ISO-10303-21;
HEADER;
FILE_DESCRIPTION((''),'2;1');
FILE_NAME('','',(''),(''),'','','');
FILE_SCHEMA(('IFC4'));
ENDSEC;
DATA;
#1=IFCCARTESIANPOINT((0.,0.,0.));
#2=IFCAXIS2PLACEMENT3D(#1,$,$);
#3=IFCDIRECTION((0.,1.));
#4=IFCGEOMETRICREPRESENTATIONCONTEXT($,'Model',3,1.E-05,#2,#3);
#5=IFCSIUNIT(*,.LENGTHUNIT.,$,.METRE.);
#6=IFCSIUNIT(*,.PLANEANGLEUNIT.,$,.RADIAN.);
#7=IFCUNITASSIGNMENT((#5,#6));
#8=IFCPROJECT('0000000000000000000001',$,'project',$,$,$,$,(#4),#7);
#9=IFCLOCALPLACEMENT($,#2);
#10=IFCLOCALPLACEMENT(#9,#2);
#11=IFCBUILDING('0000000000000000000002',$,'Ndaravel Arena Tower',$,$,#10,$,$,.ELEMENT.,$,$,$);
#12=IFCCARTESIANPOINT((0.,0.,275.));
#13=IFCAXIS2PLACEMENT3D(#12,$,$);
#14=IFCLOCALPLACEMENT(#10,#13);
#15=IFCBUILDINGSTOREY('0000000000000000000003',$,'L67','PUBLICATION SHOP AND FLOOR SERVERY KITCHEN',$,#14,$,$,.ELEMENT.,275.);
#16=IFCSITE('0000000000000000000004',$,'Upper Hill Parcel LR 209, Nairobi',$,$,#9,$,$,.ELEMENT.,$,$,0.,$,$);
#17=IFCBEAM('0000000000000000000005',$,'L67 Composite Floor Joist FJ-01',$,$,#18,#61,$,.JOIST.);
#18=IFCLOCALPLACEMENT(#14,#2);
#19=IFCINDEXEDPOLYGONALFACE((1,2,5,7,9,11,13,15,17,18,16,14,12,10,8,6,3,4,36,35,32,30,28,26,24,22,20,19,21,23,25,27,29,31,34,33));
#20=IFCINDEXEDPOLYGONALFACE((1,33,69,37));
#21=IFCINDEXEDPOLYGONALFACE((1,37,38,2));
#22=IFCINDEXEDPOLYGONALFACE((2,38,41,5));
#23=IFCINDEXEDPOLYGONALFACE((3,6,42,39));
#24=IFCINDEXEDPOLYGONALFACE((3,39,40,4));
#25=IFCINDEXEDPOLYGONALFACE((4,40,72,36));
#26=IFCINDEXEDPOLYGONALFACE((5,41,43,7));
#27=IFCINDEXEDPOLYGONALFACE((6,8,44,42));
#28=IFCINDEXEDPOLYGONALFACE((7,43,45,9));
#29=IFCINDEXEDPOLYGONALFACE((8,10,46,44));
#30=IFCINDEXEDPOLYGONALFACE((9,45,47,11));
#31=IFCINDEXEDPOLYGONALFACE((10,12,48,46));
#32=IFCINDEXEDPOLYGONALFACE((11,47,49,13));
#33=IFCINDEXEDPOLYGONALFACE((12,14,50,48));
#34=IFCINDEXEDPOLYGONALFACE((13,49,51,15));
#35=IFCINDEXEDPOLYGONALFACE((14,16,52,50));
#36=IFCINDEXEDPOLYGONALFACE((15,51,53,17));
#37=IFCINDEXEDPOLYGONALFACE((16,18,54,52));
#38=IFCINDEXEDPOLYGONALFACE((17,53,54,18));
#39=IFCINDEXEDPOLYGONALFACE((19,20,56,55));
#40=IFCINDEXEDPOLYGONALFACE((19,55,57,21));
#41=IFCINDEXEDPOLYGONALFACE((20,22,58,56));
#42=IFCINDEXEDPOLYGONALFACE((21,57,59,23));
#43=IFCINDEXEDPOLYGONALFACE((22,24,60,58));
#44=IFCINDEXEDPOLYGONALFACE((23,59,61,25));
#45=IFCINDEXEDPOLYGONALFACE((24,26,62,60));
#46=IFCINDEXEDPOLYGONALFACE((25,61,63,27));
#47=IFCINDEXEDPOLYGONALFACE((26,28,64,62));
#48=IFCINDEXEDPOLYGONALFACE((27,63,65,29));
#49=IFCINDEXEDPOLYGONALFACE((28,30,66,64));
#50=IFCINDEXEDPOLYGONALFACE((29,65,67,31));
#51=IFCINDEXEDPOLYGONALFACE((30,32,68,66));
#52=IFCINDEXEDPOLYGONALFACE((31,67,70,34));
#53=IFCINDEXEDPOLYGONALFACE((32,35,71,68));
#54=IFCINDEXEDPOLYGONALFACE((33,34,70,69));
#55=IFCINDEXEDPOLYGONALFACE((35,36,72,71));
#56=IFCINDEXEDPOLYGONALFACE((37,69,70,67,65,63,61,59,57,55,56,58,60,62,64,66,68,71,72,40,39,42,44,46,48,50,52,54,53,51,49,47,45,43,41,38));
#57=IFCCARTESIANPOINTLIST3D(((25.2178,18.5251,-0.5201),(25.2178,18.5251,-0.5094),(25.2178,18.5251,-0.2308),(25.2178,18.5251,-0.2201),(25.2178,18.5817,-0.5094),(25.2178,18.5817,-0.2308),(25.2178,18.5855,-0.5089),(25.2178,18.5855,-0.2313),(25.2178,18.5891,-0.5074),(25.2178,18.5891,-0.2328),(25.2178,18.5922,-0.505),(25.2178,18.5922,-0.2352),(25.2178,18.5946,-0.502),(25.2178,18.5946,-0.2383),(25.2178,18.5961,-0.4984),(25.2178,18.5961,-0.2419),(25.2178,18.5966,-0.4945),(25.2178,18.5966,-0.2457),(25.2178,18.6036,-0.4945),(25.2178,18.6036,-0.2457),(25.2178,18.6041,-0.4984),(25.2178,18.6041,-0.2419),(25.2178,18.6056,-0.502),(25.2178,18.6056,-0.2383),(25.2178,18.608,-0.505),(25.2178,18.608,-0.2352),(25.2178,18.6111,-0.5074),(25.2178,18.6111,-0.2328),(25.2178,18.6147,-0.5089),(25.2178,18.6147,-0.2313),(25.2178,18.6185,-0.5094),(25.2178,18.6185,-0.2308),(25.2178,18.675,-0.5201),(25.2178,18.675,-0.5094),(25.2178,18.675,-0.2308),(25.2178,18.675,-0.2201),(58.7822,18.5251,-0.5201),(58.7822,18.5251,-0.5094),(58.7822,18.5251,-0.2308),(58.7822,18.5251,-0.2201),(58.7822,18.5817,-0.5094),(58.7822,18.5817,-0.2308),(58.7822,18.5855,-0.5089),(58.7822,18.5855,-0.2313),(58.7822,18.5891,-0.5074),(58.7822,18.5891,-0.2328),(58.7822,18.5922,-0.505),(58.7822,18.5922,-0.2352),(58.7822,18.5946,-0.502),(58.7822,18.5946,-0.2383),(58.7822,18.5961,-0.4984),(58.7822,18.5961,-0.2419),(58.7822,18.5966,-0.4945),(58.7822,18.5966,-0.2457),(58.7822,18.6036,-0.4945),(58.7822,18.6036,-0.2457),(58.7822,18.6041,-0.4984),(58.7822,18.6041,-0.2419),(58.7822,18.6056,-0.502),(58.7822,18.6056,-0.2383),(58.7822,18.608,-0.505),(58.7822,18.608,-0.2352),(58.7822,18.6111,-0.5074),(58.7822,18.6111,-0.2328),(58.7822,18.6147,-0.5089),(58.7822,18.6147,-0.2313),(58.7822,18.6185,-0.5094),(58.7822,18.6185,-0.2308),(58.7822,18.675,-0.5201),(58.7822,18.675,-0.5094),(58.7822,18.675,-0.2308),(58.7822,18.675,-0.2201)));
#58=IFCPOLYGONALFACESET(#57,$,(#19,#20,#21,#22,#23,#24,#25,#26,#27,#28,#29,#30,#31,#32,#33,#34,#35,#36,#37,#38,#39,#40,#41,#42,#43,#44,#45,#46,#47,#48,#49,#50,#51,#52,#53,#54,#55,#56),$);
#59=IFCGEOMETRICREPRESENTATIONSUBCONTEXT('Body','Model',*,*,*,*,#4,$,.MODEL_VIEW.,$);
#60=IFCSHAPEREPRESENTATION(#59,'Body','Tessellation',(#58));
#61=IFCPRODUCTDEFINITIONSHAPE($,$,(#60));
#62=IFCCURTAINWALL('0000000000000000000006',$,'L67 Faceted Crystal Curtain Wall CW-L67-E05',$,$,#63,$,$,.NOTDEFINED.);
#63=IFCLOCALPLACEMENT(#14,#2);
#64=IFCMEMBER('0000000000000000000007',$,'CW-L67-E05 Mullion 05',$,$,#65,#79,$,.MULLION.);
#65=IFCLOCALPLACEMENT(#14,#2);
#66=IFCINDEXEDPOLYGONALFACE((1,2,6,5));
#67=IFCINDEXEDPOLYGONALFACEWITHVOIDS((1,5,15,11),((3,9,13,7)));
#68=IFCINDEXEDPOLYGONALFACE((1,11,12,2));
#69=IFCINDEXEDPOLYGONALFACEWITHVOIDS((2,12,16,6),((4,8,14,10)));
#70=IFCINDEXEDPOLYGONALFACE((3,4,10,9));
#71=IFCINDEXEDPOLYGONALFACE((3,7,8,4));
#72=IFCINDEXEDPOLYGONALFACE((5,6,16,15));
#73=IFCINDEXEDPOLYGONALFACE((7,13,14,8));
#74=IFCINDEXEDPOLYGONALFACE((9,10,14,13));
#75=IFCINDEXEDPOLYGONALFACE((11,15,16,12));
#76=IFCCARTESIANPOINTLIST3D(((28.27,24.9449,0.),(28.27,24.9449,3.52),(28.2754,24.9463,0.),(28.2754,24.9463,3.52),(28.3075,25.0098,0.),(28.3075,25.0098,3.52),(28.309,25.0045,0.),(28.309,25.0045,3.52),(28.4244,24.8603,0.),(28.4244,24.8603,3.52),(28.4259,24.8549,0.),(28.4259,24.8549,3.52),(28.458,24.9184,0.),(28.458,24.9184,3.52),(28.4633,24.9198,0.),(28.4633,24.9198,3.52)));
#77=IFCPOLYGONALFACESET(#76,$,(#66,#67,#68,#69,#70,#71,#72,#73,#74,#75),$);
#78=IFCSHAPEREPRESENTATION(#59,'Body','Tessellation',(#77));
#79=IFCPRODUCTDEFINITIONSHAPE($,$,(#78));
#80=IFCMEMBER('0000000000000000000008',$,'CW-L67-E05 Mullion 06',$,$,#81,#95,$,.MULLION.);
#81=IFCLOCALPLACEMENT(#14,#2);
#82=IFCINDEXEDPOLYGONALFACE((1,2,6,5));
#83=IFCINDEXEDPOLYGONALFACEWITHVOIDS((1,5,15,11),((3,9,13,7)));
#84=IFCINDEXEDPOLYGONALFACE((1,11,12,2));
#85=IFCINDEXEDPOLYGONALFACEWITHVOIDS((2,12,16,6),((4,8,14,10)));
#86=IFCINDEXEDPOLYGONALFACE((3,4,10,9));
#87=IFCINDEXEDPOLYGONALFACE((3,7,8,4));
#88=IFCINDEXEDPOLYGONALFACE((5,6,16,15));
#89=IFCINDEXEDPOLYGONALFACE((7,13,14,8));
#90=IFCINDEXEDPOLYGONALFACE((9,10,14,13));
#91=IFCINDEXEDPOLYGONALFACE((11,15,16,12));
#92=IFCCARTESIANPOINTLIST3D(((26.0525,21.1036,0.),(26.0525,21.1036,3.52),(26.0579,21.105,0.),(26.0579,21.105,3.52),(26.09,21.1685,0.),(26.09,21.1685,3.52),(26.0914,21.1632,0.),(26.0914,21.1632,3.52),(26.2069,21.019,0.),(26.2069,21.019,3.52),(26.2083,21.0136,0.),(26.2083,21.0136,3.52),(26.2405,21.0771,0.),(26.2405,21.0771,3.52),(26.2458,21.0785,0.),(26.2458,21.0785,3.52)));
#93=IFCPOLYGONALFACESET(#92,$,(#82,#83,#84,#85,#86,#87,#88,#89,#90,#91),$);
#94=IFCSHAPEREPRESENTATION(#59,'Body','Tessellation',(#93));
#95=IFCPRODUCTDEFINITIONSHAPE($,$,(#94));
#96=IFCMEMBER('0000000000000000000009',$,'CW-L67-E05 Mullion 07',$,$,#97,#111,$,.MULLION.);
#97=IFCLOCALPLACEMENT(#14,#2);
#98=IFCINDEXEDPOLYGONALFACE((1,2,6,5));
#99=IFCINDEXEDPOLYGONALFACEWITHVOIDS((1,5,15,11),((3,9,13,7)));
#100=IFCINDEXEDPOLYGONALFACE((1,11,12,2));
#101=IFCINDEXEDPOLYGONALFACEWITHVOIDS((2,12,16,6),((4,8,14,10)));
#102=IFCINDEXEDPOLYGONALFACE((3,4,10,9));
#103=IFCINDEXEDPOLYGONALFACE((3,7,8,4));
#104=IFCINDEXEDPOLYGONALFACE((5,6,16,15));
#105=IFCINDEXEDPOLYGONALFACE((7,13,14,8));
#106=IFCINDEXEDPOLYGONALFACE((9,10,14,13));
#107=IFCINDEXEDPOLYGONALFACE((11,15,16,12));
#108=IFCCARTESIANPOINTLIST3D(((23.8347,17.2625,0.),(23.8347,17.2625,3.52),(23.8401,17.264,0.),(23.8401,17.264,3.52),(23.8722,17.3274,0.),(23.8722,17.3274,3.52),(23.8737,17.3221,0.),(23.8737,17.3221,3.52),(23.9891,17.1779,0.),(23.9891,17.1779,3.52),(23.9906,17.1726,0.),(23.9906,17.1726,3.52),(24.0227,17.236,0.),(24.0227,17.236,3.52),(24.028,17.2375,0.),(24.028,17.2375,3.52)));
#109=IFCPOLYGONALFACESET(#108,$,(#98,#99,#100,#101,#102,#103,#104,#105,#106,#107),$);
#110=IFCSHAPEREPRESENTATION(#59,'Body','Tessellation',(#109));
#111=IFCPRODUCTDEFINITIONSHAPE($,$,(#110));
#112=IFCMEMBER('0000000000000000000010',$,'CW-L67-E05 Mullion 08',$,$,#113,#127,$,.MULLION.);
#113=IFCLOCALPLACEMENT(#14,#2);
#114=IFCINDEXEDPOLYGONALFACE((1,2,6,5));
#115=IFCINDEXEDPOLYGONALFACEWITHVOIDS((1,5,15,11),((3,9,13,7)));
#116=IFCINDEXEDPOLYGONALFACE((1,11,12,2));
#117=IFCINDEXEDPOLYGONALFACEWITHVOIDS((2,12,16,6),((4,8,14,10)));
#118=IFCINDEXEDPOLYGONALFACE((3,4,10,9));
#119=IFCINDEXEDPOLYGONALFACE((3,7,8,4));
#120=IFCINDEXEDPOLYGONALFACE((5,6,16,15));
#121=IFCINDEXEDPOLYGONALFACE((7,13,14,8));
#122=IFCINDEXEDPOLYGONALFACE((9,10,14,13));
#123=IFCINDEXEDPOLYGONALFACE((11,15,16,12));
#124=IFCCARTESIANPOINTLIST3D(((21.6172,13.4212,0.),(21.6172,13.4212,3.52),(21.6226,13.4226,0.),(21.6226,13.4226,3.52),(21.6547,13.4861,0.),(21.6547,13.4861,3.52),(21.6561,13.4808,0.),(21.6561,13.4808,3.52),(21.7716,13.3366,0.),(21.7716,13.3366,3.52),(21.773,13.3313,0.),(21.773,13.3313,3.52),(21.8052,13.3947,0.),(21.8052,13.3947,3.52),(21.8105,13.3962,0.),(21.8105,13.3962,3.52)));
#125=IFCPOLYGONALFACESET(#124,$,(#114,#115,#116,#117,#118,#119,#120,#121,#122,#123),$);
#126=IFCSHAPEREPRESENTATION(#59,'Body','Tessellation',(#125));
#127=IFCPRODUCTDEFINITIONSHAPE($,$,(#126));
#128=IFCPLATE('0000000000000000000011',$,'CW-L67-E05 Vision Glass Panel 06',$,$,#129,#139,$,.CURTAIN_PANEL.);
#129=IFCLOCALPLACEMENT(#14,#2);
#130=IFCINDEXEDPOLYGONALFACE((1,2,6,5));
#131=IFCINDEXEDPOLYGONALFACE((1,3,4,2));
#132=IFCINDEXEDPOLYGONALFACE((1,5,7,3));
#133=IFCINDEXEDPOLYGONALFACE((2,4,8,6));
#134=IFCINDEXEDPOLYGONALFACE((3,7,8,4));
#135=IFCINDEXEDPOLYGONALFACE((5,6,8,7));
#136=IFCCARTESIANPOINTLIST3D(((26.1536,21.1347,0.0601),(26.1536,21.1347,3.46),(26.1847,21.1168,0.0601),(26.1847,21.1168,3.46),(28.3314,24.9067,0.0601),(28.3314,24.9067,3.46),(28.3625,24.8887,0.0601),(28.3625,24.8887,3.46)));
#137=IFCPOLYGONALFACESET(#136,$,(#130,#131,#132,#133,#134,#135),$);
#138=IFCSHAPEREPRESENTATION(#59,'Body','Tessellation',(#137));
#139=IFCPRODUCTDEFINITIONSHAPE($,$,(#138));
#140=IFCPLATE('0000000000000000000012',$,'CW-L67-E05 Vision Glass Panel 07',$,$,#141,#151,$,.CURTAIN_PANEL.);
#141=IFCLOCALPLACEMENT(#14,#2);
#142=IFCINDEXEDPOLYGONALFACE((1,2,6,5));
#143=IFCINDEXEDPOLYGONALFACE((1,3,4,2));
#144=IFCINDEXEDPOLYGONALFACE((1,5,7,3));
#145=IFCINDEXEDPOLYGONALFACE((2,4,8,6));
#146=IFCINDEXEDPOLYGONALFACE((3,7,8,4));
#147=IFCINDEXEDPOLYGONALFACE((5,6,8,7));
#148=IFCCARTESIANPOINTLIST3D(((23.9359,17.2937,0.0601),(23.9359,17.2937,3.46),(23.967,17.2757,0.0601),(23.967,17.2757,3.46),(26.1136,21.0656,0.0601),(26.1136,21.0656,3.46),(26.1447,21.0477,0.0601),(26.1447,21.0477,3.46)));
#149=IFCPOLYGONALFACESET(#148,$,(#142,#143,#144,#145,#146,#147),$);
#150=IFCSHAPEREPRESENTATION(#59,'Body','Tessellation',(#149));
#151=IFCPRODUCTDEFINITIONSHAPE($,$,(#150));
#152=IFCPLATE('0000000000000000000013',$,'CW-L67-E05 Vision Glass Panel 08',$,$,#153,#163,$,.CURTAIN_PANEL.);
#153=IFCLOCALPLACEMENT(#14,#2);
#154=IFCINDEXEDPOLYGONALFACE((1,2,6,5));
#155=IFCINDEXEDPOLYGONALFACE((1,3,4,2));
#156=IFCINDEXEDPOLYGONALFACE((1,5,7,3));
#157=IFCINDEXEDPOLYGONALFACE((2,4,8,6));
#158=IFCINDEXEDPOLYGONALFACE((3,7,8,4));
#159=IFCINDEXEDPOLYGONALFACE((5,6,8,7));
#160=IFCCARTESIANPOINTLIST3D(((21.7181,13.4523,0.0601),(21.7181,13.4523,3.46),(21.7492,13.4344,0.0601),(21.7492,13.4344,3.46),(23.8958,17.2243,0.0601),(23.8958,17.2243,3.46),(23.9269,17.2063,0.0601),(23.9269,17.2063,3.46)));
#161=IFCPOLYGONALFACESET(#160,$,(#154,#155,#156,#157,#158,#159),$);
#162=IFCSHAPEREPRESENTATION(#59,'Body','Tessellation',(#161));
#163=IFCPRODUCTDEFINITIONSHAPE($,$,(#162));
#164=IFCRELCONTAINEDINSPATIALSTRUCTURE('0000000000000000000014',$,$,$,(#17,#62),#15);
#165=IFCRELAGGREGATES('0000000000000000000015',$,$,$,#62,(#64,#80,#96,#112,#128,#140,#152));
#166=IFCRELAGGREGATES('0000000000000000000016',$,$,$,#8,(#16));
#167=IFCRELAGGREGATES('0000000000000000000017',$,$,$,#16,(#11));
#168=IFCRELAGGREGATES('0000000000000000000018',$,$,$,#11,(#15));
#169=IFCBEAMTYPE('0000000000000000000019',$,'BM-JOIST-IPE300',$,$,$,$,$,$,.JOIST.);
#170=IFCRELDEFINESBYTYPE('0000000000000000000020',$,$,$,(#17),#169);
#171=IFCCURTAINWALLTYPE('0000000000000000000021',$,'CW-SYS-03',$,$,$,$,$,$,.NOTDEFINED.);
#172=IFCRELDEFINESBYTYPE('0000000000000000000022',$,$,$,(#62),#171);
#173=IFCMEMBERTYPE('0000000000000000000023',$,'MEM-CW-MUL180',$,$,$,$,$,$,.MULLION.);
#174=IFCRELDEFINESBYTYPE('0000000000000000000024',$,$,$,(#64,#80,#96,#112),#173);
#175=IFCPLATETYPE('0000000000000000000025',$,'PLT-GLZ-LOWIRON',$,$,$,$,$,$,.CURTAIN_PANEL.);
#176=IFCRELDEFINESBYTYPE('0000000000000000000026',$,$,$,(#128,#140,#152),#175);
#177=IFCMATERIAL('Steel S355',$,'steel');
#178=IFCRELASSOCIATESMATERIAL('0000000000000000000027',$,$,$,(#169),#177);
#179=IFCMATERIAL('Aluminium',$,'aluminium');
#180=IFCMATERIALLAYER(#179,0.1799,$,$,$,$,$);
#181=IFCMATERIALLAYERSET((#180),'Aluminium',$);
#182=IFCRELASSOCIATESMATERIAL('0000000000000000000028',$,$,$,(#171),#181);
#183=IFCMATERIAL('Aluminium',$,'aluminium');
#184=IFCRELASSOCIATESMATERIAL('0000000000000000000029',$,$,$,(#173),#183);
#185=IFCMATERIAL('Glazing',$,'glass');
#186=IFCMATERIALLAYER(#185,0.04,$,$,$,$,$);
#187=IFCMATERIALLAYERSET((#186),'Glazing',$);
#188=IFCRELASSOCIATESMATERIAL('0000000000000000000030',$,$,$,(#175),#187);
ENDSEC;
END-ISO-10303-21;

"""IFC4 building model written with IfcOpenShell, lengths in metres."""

from ifc_helpers import new_model, si_unit, direction, frame, origin, origin_2d, place, context, subcontext, project, spatial, rectangle, hollow_rectangle, i_section, extrude, material, layer, layer_set, material_profile, profile_set, type_object, element, aggregate, save


model = new_model("IFC4")

# Units and contexts
model_context = context("Model", 3, precision=1e-05, world=origin(), true_north=direction((0.0, 1.0)))
body_context = subcontext(model_context, "Body", "Model", "MODEL_VIEW")
ifc_project = project(units=[si_unit("LENGTHUNIT", "METRE"), si_unit("PLANEANGLEUNIT", "RADIAN")], contexts=[model_context])

# Site, building, storey
site_placement = place(None, origin())
site = spatial("IfcSite", under=ifc_project, at=site_placement, Name="Upper Hill Parcel LR 209, Nairobi", CompositionType="ELEMENT", RefElevation=0.0)
building_placement = place(site_placement, origin())
building = spatial("IfcBuilding", under=site, at=building_placement, Name="Ndaravel Arena Tower", CompositionType="ELEMENT")
storey_placement = place(building_placement, frame((0.0, 0.0, 275.0)))
storey = spatial("IfcBuildingStorey", under=building, at=storey_placement, Name="L67", Description="PUBLICATION SHOP AND FLOOR SERVERY KITCHEN", CompositionType="ELEMENT", Elevation=275.0)

# Beam
ifc_material_1 = material(Name="Steel S355", Category="steel")
ifc_material_profile_1 = material_profile(ifc_material_1, i_section(OverallWidth=0.1499, OverallDepth=0.3, WebThickness=0.0071, FlangeThickness=0.0107, FilletRadius=0.0149, at=origin_2d()), Name="IPE 300")
ifc_profile_set_1 = profile_set([ifc_material_profile_1], Name="Steel S355")
beam_type = type_object("IfcBeamType", Name="BM-JOIST-IPE300", PredefinedType="JOIST", material=ifc_profile_set_1)
beam_placement = place(storey_placement, frame((25.2178, 18.6001, -0.3701), z_axis=(1.0, 0.0, 0.0), x_axis=(0.0, 1.0, 0.0)))
element("IfcBeam", 1, at=beam_placement, inside=storey, type_object=beam_type, Name="L67 Composite Floor Joist FJ-01", PredefinedType="JOIST", context=body_context, shape_type="SweptSolid", body=[
    extrude(i_section(OverallWidth=0.1499, OverallDepth=0.3, WebThickness=0.0071, FlangeThickness=0.0107, FilletRadius=0.0149, at=origin_2d()), origin(), (0.0, 0.0, 1.0), 33.5645),
])

# Curtain wall, members, plates
ifc_material_2 = material(Name="Aluminium", Category="aluminium")
ifc_layer_1 = layer(ifc_material_2, 0.1799)
ifc_layer_set_1 = layer_set([ifc_layer_1], Name="Aluminium")
curtain_wall_type = type_object("IfcCurtainWallType", Name="CW-SYS-03", PredefinedType="NOTDEFINED", material=ifc_layer_set_1)
curtain_wall_placement = place(storey_placement, origin())
curtain_wall = element("IfcCurtainWall", 2, at=curtain_wall_placement, inside=storey, type_object=curtain_wall_type, Name="L67 Faceted Crystal Curtain Wall CW-L67-E05", PredefinedType="NOTDEFINED")
ifc_material_3 = material(Name="Aluminium", Category="aluminium")
ifc_material_profile_2 = material_profile(ifc_material_3, hollow_rectangle(XDim=0.075, YDim=0.1799, WallThickness=0.0039, at=origin_2d()), Name="CW MULLION 75x180x4")
ifc_profile_set_2 = profile_set([ifc_material_profile_2], Name="Aluminium")
member_type = type_object("IfcMemberType", Name="MEM-CW-MUL180", PredefinedType="MULLION", material=ifc_profile_set_2)
member_1_placement = place(storey_placement, frame((28.3667, 24.9324, 0.0), z_axis=(0.0, 0.0, 1.0), x_axis=(-0.5, -0.866025, 0.0)))
member_1 = element("IfcMember", 3, at=member_1_placement, type_object=member_type, Name="CW-L67-E05 Mullion 05", PredefinedType="MULLION", context=body_context, shape_type="SweptSolid", body=[
    extrude(hollow_rectangle(XDim=0.075, YDim=0.1799, WallThickness=0.0039, at=origin_2d()), origin(), (0.0, 0.0, 1.0), 3.52),
])
member_2_placement = place(storey_placement, frame((26.1492, 21.0911, 0.0), z_axis=(0.0, 0.0, 1.0), x_axis=(-0.5, -0.866025, 0.0)))
member_2 = element("IfcMember", 4, at=member_2_placement, type_object=member_type, Name="CW-L67-E05 Mullion 06", PredefinedType="MULLION", context=body_context, shape_type="SweptSolid", body=[
    extrude(hollow_rectangle(XDim=0.075, YDim=0.1799, WallThickness=0.0039, at=origin_2d()), origin(), (0.0, 0.0, 1.0), 3.52),
])
member_3_placement = place(storey_placement, frame((23.9314, 17.25, 0.0), z_axis=(0.0, 0.0, 1.0), x_axis=(-0.5, -0.866025, 0.0)))
member_3 = element("IfcMember", 5, at=member_3_placement, type_object=member_type, Name="CW-L67-E05 Mullion 07", PredefinedType="MULLION", context=body_context, shape_type="SweptSolid", body=[
    extrude(hollow_rectangle(XDim=0.075, YDim=0.1799, WallThickness=0.0039, at=origin_2d()), origin(), (0.0, 0.0, 1.0), 3.52),
])
member_4_placement = place(storey_placement, frame((21.7139, 13.4087, 0.0), z_axis=(0.0, 0.0, 1.0), x_axis=(-0.5, -0.866025, 0.0)))
member_4 = element("IfcMember", 6, at=member_4_placement, type_object=member_type, Name="CW-L67-E05 Mullion 08", PredefinedType="MULLION", context=body_context, shape_type="SweptSolid", body=[
    extrude(hollow_rectangle(XDim=0.075, YDim=0.1799, WallThickness=0.0039, at=origin_2d()), origin(), (0.0, 0.0, 1.0), 3.52),
])
ifc_material_4 = material(Name="Glazing", Category="glass")
ifc_layer_2 = layer(ifc_material_4, 0.04)
ifc_layer_set_2 = layer_set([ifc_layer_2], Name="Glazing")
plate_type = type_object("IfcPlateType", Name="PLT-GLZ-LOWIRON", PredefinedType="CURTAIN_PANEL", material=ifc_layer_set_2)
plate_1_placement = place(storey_placement, frame((27.2581, 23.0117, 0.0601), z_axis=(0.0, 0.0, 1.0), x_axis=(-0.5, -0.866025, 0.0)))
plate_1 = element("IfcPlate", 7, at=plate_1_placement, type_object=plate_type, Name="CW-L67-E05 Vision Glass Panel 06", PredefinedType="CURTAIN_PANEL", context=body_context, shape_type="SweptSolid", body=[
    extrude(rectangle(XDim=4.3555, YDim=0.0359, at=origin_2d()), origin(), (0.0, 0.0, 1.0), 3.3999),
])
plate_2_placement = place(storey_placement, frame((25.0403, 19.1707, 0.0601), z_axis=(0.0, 0.0, 1.0), x_axis=(-0.5, -0.866025, 0.0)))
plate_2 = element("IfcPlate", 8, at=plate_2_placement, type_object=plate_type, Name="CW-L67-E05 Vision Glass Panel 07", PredefinedType="CURTAIN_PANEL", context=body_context, shape_type="SweptSolid", body=[
    extrude(rectangle(XDim=4.3555, YDim=0.0359, at=origin_2d()), origin(), (0.0, 0.0, 1.0), 3.3999),
])
plate_3_placement = place(storey_placement, frame((22.8225, 15.3293, 0.0601), z_axis=(0.0, 0.0, 1.0), x_axis=(-0.5, -0.866025, 0.0)))
plate_3 = element("IfcPlate", 9, at=plate_3_placement, type_object=plate_type, Name="CW-L67-E05 Vision Glass Panel 08", PredefinedType="CURTAIN_PANEL", context=body_context, shape_type="SweptSolid", body=[
    extrude(rectangle(XDim=4.3555, YDim=0.0359, at=origin_2d()), origin(), (0.0, 0.0, 1.0), 3.3999),
])
aggregate(curtain_wall, [member_1, member_2, member_3, member_4, plate_1, plate_2, plate_3])

save(model, "model.ifc")
